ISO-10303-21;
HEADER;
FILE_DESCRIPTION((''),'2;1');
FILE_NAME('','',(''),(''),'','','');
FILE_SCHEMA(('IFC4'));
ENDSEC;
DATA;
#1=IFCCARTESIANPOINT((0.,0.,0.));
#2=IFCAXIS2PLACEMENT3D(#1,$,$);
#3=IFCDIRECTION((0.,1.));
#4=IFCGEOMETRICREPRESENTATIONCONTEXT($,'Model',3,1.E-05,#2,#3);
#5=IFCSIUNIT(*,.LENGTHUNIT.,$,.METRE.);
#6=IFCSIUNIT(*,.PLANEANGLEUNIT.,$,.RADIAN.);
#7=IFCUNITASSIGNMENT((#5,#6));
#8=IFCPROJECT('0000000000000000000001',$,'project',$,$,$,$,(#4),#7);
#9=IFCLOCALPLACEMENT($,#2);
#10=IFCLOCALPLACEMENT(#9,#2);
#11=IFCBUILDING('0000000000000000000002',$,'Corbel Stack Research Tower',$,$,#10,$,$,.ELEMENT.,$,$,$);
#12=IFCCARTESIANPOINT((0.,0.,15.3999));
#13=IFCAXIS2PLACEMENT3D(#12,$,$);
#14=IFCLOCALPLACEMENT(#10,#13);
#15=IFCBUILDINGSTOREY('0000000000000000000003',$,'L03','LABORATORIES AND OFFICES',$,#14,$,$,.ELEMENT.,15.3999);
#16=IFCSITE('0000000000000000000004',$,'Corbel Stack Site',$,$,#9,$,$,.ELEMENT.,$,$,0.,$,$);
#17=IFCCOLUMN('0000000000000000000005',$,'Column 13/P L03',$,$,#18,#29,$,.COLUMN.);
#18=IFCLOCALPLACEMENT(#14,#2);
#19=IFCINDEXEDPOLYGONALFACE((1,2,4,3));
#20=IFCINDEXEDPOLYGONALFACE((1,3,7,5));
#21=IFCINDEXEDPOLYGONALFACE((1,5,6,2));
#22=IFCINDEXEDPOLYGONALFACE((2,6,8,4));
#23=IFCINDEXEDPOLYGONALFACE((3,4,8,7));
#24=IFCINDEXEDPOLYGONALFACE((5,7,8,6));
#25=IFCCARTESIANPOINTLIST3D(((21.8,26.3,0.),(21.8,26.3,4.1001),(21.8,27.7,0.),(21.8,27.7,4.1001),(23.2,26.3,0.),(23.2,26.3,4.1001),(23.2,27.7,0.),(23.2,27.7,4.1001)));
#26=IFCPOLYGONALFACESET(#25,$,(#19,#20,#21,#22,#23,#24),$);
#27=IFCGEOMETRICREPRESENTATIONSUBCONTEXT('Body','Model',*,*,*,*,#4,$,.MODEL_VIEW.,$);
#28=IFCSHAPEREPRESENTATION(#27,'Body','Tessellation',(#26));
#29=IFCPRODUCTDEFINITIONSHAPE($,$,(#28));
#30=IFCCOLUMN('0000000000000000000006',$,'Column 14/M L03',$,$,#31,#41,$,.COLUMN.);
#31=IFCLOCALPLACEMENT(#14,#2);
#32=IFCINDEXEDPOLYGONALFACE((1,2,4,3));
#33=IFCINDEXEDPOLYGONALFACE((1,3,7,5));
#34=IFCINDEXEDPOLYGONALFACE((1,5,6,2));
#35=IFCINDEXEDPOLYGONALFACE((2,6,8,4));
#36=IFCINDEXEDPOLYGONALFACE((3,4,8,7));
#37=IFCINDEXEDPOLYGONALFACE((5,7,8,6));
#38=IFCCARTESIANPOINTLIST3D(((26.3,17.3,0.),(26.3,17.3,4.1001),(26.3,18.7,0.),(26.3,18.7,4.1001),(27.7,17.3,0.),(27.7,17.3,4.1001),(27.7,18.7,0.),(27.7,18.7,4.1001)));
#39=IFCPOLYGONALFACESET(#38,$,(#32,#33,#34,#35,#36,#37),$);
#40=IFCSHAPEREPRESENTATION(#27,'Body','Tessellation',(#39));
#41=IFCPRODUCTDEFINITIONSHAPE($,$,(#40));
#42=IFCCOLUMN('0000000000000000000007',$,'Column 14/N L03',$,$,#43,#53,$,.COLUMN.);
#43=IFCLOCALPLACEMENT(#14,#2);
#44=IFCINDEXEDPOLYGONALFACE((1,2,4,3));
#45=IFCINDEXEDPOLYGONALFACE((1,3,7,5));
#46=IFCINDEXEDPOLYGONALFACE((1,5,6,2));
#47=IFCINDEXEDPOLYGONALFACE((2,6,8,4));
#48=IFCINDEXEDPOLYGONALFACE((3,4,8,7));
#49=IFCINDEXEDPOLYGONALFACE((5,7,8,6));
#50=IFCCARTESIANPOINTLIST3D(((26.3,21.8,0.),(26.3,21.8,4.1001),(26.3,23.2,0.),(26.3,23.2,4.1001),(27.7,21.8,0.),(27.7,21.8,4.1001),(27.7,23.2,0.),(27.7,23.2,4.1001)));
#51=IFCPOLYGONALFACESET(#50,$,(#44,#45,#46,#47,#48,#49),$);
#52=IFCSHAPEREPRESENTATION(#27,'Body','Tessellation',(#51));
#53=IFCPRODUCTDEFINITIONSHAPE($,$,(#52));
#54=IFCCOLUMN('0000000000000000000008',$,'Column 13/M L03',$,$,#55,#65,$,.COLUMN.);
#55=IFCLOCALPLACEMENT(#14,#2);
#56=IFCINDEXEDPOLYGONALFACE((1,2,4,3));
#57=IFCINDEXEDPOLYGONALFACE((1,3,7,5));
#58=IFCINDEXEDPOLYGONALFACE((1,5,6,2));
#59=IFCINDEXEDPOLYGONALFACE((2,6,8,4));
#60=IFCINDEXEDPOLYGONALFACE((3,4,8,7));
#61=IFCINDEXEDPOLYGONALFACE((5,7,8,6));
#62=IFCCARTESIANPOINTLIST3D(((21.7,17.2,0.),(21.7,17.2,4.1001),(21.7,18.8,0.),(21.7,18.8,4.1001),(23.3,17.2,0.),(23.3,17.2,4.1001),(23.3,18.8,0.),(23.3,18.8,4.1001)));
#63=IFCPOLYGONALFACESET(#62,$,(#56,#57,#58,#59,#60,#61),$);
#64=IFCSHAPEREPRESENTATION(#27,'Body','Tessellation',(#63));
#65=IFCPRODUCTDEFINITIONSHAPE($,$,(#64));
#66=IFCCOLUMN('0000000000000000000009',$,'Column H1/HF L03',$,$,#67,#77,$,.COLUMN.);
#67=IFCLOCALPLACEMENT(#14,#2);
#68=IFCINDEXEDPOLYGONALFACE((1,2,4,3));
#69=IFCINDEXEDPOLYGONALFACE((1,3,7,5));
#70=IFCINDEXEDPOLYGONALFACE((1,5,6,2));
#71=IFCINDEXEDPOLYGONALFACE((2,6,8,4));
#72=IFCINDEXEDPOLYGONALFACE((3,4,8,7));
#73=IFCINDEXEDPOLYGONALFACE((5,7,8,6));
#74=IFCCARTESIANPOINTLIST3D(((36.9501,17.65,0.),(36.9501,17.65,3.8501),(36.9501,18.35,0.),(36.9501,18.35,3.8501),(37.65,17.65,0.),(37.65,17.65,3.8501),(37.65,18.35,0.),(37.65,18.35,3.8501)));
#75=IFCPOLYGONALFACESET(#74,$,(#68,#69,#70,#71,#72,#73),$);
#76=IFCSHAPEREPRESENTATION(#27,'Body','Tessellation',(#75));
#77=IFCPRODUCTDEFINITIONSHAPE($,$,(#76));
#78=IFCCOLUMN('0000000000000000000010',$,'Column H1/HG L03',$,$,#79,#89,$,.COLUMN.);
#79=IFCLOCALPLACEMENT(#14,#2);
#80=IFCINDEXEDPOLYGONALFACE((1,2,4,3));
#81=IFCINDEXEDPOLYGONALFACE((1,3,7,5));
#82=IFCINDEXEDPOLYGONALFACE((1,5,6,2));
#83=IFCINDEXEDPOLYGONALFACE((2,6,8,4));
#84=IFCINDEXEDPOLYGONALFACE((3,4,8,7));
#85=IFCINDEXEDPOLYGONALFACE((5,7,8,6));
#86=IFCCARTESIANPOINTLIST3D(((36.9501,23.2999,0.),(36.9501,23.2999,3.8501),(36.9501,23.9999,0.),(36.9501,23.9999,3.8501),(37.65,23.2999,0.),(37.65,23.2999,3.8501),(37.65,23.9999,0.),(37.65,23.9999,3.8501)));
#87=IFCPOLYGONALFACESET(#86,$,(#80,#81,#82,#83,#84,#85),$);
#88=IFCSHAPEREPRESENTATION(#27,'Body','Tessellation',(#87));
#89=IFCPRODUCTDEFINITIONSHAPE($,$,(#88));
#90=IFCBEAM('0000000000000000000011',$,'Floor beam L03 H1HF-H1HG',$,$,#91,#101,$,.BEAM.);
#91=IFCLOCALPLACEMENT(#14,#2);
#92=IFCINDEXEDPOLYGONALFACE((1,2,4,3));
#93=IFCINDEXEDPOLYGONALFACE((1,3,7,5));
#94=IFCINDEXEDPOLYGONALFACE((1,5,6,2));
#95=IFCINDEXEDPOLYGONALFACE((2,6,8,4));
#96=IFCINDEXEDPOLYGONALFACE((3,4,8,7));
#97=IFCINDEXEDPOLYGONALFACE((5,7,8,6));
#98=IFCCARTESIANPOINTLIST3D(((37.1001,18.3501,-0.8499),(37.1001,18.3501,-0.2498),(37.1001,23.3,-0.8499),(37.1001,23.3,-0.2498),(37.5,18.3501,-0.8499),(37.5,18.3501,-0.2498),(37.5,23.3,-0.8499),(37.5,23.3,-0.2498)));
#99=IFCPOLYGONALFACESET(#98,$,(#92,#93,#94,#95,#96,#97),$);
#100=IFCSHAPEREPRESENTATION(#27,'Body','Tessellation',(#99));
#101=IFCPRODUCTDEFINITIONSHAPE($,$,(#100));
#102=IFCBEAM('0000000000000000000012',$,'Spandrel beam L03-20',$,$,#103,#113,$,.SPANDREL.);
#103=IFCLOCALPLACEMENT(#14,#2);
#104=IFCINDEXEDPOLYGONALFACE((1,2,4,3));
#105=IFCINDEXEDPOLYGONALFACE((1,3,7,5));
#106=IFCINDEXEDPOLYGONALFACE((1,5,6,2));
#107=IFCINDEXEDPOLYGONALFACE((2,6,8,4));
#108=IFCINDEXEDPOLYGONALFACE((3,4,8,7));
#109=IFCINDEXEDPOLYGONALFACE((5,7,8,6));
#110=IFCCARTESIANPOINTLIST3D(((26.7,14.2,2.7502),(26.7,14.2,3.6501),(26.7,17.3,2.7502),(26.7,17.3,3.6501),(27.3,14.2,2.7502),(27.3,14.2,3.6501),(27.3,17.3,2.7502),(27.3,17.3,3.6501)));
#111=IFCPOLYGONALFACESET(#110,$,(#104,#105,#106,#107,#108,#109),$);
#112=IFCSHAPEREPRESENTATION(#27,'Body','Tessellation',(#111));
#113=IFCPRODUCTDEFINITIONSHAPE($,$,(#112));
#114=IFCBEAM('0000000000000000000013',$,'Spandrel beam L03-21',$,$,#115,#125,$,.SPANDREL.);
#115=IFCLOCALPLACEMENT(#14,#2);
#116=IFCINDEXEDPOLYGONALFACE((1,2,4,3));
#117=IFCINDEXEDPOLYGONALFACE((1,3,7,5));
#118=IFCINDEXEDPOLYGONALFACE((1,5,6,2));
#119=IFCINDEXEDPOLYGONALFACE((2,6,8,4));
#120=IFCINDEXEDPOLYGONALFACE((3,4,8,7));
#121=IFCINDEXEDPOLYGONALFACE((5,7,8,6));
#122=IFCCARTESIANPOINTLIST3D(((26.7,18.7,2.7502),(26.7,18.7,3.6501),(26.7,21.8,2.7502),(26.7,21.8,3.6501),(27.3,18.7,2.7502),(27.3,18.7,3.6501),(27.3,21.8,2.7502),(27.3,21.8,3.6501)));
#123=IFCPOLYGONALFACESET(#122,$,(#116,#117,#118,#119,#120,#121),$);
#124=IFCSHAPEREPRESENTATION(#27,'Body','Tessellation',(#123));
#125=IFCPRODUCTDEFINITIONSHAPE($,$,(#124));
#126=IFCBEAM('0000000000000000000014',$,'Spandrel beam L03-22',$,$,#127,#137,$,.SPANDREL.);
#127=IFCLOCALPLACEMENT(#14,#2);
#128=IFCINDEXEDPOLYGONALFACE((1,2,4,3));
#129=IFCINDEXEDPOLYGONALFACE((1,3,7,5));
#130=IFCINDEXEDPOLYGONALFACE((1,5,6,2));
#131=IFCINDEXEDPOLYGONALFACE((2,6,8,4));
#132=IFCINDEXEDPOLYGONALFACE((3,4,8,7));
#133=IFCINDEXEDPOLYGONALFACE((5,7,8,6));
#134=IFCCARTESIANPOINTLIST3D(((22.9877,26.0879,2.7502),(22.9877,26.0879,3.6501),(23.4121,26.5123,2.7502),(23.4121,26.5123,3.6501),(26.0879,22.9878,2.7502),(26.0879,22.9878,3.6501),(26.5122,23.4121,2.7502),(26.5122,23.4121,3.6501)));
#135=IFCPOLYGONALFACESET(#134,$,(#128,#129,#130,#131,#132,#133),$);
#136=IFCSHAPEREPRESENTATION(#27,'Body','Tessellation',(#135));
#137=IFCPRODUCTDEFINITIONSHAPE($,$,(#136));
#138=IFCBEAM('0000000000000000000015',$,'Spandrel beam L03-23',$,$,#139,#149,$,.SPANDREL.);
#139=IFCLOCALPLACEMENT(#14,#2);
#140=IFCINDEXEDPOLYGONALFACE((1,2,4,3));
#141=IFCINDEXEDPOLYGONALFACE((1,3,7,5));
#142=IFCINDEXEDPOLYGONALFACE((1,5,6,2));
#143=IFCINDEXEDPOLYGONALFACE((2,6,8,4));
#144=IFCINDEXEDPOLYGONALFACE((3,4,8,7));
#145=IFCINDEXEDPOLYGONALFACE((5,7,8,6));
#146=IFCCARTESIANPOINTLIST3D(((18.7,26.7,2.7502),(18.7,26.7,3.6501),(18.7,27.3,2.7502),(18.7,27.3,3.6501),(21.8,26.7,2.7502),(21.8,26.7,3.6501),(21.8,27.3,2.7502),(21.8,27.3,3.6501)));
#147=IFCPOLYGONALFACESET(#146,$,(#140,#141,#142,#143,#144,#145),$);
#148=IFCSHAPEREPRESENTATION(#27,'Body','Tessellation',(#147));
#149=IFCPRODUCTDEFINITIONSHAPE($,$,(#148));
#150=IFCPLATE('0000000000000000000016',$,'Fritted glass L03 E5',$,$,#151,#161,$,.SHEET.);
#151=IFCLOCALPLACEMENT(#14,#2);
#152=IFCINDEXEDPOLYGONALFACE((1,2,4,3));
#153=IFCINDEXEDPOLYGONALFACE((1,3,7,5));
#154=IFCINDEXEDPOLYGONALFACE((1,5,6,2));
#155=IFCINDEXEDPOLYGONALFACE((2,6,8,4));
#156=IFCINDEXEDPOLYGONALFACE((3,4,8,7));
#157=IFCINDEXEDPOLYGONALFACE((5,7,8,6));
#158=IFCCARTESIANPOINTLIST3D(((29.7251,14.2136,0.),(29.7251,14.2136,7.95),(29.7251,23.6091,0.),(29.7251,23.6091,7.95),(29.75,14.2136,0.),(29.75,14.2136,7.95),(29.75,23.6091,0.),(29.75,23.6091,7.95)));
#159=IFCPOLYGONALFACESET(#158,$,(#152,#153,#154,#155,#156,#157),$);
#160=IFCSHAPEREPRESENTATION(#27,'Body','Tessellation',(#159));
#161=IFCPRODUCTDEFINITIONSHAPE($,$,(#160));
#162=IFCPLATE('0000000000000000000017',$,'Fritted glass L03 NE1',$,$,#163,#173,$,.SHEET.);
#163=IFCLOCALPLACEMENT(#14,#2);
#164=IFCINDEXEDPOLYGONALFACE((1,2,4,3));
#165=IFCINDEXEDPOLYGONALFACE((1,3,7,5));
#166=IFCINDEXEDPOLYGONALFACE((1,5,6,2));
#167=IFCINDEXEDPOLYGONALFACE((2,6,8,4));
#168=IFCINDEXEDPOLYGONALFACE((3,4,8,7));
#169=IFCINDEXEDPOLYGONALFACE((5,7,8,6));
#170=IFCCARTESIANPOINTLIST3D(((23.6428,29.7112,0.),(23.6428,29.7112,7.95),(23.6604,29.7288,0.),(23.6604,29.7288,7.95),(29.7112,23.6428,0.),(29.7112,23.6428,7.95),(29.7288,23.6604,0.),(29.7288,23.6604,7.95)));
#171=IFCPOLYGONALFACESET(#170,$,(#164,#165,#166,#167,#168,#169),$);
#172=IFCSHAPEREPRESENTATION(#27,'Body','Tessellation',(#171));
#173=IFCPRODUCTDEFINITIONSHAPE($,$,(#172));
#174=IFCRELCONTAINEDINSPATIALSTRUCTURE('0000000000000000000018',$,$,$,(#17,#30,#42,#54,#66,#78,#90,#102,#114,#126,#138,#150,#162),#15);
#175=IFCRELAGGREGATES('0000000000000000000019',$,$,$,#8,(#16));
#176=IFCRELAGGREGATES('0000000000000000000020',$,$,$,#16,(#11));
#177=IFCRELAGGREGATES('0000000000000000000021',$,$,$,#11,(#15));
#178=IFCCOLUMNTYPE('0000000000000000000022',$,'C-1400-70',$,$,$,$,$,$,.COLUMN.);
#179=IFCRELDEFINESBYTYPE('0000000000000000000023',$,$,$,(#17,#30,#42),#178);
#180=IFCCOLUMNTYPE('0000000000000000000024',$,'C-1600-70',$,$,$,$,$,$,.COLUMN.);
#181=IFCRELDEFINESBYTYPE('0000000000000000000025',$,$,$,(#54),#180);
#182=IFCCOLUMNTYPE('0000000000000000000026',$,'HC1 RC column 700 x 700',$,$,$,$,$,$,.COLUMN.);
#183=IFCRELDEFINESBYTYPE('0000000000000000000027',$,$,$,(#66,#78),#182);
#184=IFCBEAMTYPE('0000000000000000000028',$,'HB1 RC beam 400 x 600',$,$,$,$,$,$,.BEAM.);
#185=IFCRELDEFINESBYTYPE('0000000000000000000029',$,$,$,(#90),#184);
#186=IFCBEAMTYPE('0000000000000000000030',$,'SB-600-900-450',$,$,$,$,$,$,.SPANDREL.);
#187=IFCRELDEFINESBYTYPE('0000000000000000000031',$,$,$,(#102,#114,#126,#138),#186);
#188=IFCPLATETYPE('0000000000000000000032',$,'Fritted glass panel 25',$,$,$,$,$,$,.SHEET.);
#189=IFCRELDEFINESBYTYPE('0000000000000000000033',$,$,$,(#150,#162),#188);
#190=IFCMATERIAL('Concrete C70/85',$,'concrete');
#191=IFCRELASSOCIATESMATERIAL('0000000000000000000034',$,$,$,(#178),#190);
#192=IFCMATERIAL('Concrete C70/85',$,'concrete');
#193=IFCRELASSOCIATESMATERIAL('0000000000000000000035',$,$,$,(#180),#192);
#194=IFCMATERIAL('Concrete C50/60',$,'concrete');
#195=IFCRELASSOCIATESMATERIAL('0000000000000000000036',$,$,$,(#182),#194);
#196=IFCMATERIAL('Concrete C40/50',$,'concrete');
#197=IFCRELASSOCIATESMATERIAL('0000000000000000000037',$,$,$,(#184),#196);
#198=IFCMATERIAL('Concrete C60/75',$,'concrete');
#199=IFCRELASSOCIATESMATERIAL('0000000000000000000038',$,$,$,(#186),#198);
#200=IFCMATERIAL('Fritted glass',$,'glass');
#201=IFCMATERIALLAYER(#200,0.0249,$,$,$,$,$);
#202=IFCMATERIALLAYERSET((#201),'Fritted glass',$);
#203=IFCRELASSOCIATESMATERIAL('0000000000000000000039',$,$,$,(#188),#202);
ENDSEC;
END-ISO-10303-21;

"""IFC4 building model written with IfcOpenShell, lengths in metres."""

from ifc_helpers import new_model, si_unit, direction, frame, origin, origin_2d, place, context, subcontext, project, spatial, rectangle, extrude, material, layer, layer_set, material_profile, profile_set, type_object, element, save


model = new_model("IFC4")

# Units and contexts
model_context = context("Model", 3, precision=1e-05, world=origin(), true_north=direction((0.0, 1.0)))
body_context = subcontext(model_context, "Body", "Model", "MODEL_VIEW")
ifc_project = project(units=[si_unit("LENGTHUNIT", "METRE"), si_unit("PLANEANGLEUNIT", "RADIAN")], contexts=[model_context])

# Site, building, storey
site_placement = place(None, origin())
site = spatial("IfcSite", under=ifc_project, at=site_placement, Name="Corbel Stack Site", CompositionType="ELEMENT", RefElevation=0.0)
building_placement = place(site_placement, origin())
building = spatial("IfcBuilding", under=site, at=building_placement, Name="Corbel Stack Research Tower", CompositionType="ELEMENT")
storey_placement = place(building_placement, frame((0.0, 0.0, 15.3999)))
storey = spatial("IfcBuildingStorey", under=building, at=storey_placement, Name="L03", Description="LABORATORIES AND OFFICES", CompositionType="ELEMENT", Elevation=15.3999)

# Columns
ifc_material_1 = material(Name="Concrete C70/85", Category="concrete")
ifc_material_profile_1 = material_profile(ifc_material_1, rectangle(XDim=1.3999, YDim=1.3999, at=origin_2d()), Name="RC 1400 x 1400")
ifc_profile_set_1 = profile_set([ifc_material_profile_1], Name="Concrete C70/85")
column_type_1 = type_object("IfcColumnType", Name="C-1400-70", PredefinedType="COLUMN", material=ifc_profile_set_1)
for number, where, z_axis, x_axis, name in (
    (1, (22.5, 27.0, 0.0), (0.0, 0.0, 1.0), (1.0, 0.0, 0.0), "Column 13/P L03"),
    (2, (27.0, 18.0, 0.0), (0.0, 0.0, 1.0), (1.0, 0.0, 0.0), "Column 14/M L03"),
    (3, (27.0, 22.5, 0.0), (0.0, 0.0, 1.0), (1.0, 0.0, 0.0), "Column 14/N L03"),
):
    element("IfcColumn", number, at=place(storey_placement, frame(where, z_axis=z_axis, x_axis=x_axis)), inside=storey, type_object=column_type_1, Name=name, PredefinedType="COLUMN", context=body_context, shape_type="SweptSolid", body=[
        extrude(rectangle(XDim=1.3999, YDim=1.3999, at=origin_2d()), origin(), (0.0, 0.0, 1.0), 4.1001),
    ])
ifc_material_2 = material(Name="Concrete C70/85", Category="concrete")
ifc_material_profile_2 = material_profile(ifc_material_2, rectangle(XDim=1.6001, YDim=1.6001, at=origin_2d()), Name="RC 1600 x 1600")
ifc_profile_set_2 = profile_set([ifc_material_profile_2], Name="Concrete C70/85")
column_type_2 = type_object("IfcColumnType", Name="C-1600-70", PredefinedType="COLUMN", material=ifc_profile_set_2)
column_placement = place(storey_placement, frame((22.5, 18.0, 0.0), z_axis=(0.0, 0.0, 1.0), x_axis=(1.0, 0.0, 0.0)))
element("IfcColumn", 4, at=column_placement, inside=storey, type_object=column_type_2, Name="Column 13/M L03", PredefinedType="COLUMN", context=body_context, shape_type="SweptSolid", body=[
    extrude(rectangle(XDim=1.6001, YDim=1.6001, at=origin_2d()), origin(), (0.0, 0.0, 1.0), 4.1001),
])
ifc_material_3 = material(Name="Concrete C50/60", Category="concrete")
ifc_material_profile_3 = material_profile(ifc_material_3, rectangle(XDim=0.7, YDim=0.7, at=origin_2d()), Name="RC 700 x 700")
ifc_profile_set_3 = profile_set([ifc_material_profile_3], Name="Concrete C50/60")
column_type_3 = type_object("IfcColumnType", Name="HC1 RC column 700 x 700", PredefinedType="COLUMN", material=ifc_profile_set_3)
for number, where, z_axis, x_axis, name in (
    (5, (37.3, 18.0, 0.0), (0.0, 0.0, 1.0), (1.0, 0.0, 0.0), "Column H1/HF L03"),
    (6, (37.3, 23.6499, 0.0), (0.0, 0.0, 1.0), (1.0, 0.0, 0.0), "Column H1/HG L03"),
):
    element("IfcColumn", number, at=place(storey_placement, frame(where, z_axis=z_axis, x_axis=x_axis)), inside=storey, type_object=column_type_3, Name=name, PredefinedType="COLUMN", context=body_context, shape_type="SweptSolid", body=[
        extrude(rectangle(XDim=0.7, YDim=0.7, at=origin_2d()), origin(), (0.0, 0.0, 1.0), 3.8501),
    ])

# Beams
ifc_material_4 = material(Name="Concrete C40/50", Category="concrete")
ifc_material_profile_4 = material_profile(ifc_material_4, rectangle(XDim=0.3999, YDim=0.6001, at=origin_2d()), Name="RC 400 x 600")
ifc_profile_set_4 = profile_set([ifc_material_profile_4], Name="Concrete C40/50")
beam_type_1 = type_object("IfcBeamType", Name="HB1 RC beam 400 x 600", PredefinedType="BEAM", material=ifc_profile_set_4)
beam_1_placement = place(storey_placement, frame((37.3, 18.3501, -0.5498), z_axis=(0.0, 1.0, 0.0), x_axis=(-1.0, 0.0, 0.0)))
element("IfcBeam", 7, at=beam_1_placement, inside=storey, type_object=beam_type_1, Name="Floor beam L03 H1HF-H1HG", PredefinedType="BEAM", context=body_context, shape_type="SweptSolid", body=[
    extrude(rectangle(XDim=0.3999, YDim=0.6001, at=origin_2d()), origin(), (0.0, 0.0, 1.0), 4.95),
])
ifc_material_5 = material(Name="Concrete C60/75", Category="concrete")
ifc_material_profile_5 = material_profile(ifc_material_5, rectangle(XDim=0.6001, YDim=0.8999, at=origin_2d()), Name="RC 600 x 900")
ifc_profile_set_5 = profile_set([ifc_material_profile_5], Name="Concrete C60/75")
beam_type_2 = type_object("IfcBeamType", Name="SB-600-900-450", PredefinedType="SPANDREL", material=ifc_profile_set_5)
for number, where, z_axis, x_axis, name in (
    (8, (27.0, 14.2, 3.2002), (0.0, 1.0, 0.0), (-1.0, 0.0, 0.0), "Spandrel beam L03-20"),
    (9, (27.0, 18.7, 3.2002), (0.0, 1.0, 0.0), (-1.0, 0.0, 0.0), "Spandrel beam L03-21"),
):
    element("IfcBeam", number, at=place(storey_placement, frame(where, z_axis=z_axis, x_axis=x_axis)), inside=storey, type_object=beam_type_2, Name=name, PredefinedType="SPANDREL", context=body_context, shape_type="SweptSolid", body=[
        extrude(rectangle(XDim=0.6001, YDim=0.8999, at=origin_2d()), origin(), (0.0, 0.0, 1.0), 3.1001),
    ])
beam_2_placement = place(storey_placement, frame((26.3, 23.2, 3.2002), z_axis=(-0.707107, 0.707107, 0.0), x_axis=(-0.707107, -0.707107, 0.0)))
element("IfcBeam", 10, at=beam_2_placement, inside=storey, type_object=beam_type_2, Name="Spandrel beam L03-22", PredefinedType="SPANDREL", context=body_context, shape_type="SweptSolid", body=[
    extrude(rectangle(XDim=0.6001, YDim=0.8999, at=origin_2d()), origin(), (0.0, 0.0, 1.0), 4.3843),
])
beam_3_placement = place(storey_placement, frame((21.8, 27.0, 3.2002), z_axis=(-1.0, 0.0, 0.0), x_axis=(0.0, -1.0, 0.0)))
element("IfcBeam", 11, at=beam_3_placement, inside=storey, type_object=beam_type_2, Name="Spandrel beam L03-23", PredefinedType="SPANDREL", context=body_context, shape_type="SweptSolid", body=[
    extrude(rectangle(XDim=0.6001, YDim=0.8999, at=origin_2d()), origin(), (0.0, 0.0, 1.0), 3.1001),
])

# Plates
ifc_material_6 = material(Name="Fritted glass", Category="glass")
ifc_layer_1 = layer(ifc_material_6, 0.0249)
ifc_layer_set_1 = layer_set([ifc_layer_1], Name="Fritted glass")
plate_type = type_object("IfcPlateType", Name="Fritted glass panel 25", PredefinedType="SHEET", material=ifc_layer_set_1)
plate_1_placement = place(storey_placement, frame((29.7375, 18.9114, 0.0), z_axis=(0.0, 0.0, 1.0), x_axis=(0.0, 1.0, 0.0)))
element("IfcPlate", 12, at=plate_1_placement, inside=storey, type_object=plate_type, Name="Fritted glass L03 E5", PredefinedType="SHEET", context=body_context, shape_type="SweptSolid", body=[
    extrude(rectangle(XDim=9.3955, YDim=0.0249, at=origin_2d()), origin(), (0.0, 0.0, 1.0), 7.95),
])
plate_2_placement = place(storey_placement, frame((26.6858, 26.6858, 0.0), z_axis=(0.0, 0.0, 1.0), x_axis=(-0.707107, 0.707107, 0.0)))
element("IfcPlate", 13, at=plate_2_placement, inside=storey, type_object=plate_type, Name="Fritted glass L03 NE1", PredefinedType="SHEET", context=body_context, shape_type="SweptSolid", body=[
    extrude(rectangle(XDim=8.582, YDim=0.0249, at=origin_2d()), origin(), (0.0, 0.0, 1.0), 7.95),
])

save(model, "model.ifc")
